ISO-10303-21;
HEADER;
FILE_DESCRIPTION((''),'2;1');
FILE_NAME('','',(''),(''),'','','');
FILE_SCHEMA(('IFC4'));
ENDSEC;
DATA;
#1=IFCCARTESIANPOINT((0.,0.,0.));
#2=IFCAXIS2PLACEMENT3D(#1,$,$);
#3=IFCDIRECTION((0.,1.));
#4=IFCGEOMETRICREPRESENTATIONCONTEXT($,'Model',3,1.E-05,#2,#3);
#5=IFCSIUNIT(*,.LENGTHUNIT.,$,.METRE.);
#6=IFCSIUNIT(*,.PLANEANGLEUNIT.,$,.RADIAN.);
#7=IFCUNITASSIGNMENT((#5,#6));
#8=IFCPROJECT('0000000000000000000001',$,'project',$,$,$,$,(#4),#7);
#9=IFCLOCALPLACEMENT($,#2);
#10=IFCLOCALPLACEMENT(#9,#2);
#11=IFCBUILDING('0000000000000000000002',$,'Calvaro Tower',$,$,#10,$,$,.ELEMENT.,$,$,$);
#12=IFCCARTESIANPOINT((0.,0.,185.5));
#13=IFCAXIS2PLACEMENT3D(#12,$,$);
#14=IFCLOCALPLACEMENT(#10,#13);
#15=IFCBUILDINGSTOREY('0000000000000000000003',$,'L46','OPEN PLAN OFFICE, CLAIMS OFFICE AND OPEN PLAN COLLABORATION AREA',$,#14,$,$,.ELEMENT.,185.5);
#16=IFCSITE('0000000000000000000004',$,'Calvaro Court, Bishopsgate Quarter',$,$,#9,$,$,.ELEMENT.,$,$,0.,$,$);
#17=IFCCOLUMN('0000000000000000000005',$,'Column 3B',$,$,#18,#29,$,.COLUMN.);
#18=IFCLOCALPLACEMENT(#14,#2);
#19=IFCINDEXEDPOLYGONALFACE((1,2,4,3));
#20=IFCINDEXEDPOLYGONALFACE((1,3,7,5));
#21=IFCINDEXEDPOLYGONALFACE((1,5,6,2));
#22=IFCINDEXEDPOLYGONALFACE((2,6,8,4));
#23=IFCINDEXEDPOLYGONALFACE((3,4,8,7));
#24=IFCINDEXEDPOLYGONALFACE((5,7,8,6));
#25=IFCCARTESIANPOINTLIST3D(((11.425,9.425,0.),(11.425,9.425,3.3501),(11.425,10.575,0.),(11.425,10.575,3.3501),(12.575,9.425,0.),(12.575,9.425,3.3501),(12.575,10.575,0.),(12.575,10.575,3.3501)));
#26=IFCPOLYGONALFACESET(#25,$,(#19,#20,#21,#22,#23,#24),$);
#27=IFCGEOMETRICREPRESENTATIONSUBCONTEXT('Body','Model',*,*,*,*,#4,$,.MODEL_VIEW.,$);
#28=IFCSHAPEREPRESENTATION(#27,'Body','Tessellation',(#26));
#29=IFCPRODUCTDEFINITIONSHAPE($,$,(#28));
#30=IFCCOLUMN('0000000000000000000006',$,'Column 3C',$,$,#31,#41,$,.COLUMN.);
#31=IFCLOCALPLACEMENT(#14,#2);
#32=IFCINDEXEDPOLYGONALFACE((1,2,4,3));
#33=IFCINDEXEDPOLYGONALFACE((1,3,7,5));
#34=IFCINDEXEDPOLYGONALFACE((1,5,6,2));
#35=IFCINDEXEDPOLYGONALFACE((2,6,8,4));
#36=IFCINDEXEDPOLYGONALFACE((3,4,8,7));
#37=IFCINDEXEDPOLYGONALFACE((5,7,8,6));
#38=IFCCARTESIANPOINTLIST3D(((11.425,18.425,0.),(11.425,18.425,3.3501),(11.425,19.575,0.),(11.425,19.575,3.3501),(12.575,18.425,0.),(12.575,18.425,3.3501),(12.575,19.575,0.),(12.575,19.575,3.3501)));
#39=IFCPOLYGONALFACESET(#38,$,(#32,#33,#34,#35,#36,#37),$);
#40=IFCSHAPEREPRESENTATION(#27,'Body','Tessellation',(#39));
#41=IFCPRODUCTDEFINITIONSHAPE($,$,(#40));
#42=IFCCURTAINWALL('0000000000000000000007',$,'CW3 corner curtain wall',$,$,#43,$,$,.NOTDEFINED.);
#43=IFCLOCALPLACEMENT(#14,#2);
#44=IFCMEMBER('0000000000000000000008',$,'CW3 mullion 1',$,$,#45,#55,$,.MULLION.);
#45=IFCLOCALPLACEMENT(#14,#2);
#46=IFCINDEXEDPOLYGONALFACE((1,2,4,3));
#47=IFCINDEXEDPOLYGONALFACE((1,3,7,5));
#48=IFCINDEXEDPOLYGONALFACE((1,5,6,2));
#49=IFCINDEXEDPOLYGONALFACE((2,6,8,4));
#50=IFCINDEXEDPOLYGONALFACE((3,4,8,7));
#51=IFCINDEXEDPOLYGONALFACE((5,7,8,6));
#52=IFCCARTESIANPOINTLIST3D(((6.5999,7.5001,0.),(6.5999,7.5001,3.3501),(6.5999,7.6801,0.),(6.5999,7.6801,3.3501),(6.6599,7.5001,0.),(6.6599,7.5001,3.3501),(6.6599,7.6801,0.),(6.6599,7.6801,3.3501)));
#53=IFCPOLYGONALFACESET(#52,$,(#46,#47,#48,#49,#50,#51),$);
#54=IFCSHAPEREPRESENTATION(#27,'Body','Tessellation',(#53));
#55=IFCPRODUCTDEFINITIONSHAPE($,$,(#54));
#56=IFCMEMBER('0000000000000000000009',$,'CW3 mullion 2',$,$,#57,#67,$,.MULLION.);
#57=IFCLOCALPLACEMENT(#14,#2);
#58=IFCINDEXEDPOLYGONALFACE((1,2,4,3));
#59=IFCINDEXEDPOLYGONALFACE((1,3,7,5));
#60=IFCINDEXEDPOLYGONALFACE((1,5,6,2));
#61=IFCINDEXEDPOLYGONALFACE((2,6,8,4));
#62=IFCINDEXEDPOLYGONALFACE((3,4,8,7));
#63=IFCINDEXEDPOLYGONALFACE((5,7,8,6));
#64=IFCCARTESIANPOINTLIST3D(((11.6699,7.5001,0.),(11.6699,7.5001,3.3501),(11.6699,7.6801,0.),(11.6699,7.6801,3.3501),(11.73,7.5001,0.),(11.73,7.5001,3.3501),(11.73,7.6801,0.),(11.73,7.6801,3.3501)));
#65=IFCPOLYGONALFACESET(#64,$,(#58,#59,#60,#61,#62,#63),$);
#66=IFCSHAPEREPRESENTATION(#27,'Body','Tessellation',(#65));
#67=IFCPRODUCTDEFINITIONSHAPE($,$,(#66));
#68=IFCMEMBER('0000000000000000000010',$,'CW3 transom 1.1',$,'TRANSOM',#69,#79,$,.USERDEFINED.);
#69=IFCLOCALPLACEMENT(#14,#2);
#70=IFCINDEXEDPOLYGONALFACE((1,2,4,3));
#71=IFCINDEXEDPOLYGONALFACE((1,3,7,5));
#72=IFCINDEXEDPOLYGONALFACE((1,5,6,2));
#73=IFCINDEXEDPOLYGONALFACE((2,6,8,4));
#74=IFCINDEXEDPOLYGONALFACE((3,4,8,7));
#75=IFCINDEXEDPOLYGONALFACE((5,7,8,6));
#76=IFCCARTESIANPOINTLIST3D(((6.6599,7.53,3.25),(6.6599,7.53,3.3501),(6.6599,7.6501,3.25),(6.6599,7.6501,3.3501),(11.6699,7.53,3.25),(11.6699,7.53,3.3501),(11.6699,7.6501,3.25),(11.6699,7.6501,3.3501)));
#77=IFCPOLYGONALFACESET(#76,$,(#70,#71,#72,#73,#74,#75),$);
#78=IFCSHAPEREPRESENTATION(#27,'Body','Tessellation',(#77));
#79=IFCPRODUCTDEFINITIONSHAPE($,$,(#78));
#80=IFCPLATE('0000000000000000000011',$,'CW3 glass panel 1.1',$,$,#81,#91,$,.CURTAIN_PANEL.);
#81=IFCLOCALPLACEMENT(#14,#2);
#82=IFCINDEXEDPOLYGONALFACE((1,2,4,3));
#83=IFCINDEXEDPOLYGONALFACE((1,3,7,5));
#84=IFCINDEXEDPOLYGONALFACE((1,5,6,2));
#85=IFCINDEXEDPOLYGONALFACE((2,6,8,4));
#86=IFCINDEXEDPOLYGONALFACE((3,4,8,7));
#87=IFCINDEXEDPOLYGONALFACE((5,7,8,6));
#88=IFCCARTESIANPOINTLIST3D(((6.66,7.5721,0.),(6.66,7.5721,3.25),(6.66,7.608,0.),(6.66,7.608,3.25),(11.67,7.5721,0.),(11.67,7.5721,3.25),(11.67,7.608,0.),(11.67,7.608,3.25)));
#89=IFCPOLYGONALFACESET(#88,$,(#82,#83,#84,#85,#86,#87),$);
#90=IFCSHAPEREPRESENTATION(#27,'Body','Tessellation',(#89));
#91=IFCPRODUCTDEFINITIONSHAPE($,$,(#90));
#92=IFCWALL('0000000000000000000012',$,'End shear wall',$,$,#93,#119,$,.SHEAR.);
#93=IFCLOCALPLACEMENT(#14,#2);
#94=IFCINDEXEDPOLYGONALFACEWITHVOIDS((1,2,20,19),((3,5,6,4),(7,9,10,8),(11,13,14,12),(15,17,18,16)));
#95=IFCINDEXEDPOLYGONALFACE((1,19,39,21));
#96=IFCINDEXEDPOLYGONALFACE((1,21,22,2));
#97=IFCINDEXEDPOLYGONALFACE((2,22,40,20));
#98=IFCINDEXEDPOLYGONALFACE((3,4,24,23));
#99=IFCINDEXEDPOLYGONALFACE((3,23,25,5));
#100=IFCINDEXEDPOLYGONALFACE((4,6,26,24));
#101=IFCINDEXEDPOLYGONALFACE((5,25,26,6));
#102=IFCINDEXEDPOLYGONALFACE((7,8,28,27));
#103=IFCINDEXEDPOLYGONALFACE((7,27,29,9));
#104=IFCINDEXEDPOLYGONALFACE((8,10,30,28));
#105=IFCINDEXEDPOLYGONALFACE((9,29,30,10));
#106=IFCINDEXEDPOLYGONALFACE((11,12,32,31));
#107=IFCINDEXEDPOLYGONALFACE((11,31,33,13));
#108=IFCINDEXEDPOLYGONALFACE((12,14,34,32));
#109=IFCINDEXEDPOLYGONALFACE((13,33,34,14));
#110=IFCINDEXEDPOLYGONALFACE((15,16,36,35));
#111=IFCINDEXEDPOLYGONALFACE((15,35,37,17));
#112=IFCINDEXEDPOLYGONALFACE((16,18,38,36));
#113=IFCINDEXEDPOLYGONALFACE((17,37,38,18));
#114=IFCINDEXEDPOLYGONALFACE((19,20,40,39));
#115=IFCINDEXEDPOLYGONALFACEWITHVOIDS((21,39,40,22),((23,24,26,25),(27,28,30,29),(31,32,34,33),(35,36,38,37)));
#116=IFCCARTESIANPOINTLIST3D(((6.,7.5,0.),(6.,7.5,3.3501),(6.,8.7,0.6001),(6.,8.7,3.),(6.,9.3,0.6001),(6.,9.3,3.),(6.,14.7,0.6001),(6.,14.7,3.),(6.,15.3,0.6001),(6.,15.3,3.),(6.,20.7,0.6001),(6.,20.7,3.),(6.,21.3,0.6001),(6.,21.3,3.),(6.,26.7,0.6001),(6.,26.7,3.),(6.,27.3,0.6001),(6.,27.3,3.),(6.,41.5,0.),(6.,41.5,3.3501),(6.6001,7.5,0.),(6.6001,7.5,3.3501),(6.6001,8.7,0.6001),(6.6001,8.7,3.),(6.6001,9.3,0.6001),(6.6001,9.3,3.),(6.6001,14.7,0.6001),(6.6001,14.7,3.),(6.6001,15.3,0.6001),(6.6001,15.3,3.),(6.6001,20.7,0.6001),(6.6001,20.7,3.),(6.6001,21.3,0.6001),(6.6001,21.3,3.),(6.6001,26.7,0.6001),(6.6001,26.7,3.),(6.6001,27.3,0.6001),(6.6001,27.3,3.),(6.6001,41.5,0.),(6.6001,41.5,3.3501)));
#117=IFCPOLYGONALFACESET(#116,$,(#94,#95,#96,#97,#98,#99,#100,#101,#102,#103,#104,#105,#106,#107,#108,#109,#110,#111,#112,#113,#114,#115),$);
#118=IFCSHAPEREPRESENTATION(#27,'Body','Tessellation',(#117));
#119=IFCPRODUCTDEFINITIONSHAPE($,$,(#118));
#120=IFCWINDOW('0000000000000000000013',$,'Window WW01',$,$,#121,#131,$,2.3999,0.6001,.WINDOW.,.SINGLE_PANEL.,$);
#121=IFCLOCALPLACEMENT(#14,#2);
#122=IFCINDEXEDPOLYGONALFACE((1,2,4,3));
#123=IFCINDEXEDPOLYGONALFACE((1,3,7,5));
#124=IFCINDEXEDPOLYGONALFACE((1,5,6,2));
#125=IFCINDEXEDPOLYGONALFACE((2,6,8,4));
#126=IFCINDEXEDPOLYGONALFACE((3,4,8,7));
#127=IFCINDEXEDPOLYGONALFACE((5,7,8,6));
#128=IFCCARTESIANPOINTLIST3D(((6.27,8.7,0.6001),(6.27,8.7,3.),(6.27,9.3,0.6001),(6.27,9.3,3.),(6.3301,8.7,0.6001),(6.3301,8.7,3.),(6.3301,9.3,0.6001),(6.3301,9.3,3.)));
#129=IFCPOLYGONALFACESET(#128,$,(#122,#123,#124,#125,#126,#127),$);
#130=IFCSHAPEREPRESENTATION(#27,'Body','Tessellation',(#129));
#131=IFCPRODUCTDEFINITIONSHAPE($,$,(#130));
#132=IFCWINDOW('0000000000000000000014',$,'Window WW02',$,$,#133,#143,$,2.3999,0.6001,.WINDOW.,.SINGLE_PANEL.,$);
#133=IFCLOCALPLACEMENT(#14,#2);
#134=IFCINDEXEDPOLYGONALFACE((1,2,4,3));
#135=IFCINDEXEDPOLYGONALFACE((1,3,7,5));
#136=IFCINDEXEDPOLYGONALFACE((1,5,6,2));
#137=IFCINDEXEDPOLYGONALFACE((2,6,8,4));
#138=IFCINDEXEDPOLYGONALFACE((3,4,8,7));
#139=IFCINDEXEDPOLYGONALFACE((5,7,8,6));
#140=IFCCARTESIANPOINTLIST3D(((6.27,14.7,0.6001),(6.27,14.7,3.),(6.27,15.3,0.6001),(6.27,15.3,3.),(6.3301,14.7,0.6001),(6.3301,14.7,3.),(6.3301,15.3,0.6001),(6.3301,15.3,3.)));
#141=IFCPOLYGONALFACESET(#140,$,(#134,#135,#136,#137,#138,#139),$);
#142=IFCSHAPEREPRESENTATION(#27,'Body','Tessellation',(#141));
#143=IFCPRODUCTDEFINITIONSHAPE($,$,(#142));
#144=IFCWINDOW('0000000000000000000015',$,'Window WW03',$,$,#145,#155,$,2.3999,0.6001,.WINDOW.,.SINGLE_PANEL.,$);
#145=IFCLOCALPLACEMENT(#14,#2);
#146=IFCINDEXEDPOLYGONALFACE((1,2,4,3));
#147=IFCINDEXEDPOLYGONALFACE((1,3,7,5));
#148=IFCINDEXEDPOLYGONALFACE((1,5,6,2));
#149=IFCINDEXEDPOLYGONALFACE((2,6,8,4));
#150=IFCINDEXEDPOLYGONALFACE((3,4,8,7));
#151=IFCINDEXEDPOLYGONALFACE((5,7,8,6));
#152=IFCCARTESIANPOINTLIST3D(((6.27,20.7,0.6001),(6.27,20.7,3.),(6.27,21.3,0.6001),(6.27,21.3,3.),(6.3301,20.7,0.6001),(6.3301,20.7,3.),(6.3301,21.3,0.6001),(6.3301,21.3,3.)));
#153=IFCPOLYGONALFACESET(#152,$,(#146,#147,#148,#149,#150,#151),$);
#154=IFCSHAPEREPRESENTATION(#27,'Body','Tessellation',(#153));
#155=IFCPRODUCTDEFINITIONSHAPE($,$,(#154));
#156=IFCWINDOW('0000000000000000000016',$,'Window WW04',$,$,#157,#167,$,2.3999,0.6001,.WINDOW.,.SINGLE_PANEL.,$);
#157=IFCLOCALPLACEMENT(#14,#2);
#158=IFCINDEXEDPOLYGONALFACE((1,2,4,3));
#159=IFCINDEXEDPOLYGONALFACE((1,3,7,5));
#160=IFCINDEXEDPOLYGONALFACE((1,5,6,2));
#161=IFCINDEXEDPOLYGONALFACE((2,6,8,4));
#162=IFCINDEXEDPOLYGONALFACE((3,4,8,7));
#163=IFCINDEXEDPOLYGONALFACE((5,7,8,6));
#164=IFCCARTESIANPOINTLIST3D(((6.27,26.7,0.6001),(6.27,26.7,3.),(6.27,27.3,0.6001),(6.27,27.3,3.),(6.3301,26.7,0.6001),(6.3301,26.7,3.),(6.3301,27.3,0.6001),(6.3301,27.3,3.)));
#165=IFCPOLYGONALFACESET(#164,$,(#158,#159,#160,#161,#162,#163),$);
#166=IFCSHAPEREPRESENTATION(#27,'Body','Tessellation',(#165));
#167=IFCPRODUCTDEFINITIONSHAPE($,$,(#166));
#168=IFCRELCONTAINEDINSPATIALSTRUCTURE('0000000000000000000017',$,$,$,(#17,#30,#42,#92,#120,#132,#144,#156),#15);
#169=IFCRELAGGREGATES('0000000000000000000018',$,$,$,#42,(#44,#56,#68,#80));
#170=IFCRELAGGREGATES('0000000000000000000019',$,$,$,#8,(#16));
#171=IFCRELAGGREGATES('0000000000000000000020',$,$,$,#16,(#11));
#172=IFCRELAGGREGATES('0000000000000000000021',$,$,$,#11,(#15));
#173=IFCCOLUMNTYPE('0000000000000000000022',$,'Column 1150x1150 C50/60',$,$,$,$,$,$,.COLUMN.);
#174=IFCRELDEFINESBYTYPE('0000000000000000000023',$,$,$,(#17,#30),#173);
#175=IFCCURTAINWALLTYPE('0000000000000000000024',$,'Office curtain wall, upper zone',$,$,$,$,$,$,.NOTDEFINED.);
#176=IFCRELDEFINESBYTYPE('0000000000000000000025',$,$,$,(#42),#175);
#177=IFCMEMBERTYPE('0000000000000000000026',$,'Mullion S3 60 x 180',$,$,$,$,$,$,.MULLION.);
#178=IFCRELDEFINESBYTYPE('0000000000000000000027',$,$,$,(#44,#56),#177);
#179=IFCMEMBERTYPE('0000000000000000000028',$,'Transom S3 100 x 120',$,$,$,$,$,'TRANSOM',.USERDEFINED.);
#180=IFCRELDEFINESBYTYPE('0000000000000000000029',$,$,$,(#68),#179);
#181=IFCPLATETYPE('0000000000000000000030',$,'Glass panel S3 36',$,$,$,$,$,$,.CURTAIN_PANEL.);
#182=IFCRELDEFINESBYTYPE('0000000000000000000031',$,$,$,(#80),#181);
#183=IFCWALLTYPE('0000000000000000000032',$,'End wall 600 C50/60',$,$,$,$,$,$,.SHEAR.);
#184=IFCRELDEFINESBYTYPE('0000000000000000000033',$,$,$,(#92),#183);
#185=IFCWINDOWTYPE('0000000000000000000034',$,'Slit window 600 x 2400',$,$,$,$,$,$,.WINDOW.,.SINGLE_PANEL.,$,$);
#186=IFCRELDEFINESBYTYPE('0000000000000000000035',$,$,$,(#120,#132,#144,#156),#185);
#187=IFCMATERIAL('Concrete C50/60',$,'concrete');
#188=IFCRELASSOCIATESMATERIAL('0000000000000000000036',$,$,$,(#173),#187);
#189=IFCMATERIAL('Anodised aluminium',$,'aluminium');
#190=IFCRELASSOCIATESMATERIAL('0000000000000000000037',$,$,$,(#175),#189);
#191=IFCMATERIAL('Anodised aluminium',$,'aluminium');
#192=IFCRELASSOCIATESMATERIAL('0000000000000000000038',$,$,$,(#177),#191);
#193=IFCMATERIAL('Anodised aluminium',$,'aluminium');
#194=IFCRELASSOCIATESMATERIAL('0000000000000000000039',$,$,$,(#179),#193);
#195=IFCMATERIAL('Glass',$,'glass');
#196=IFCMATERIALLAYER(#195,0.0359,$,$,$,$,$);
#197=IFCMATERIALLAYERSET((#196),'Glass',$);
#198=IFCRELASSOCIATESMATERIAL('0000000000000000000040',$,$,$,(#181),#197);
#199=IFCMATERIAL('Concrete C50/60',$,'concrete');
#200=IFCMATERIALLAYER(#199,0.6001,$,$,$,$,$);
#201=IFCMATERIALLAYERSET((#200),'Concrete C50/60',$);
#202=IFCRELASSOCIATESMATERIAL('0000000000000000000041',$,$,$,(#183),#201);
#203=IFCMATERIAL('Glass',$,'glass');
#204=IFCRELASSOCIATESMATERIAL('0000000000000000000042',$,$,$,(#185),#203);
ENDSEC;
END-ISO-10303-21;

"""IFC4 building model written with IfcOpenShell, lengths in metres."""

from ifc_helpers import new_model, si_unit, direction, frame, frame_2d, origin, origin_2d, place, context, subcontext, project, spatial, rectangle, extrude, material, layer, layer_set, material_profile, profile_set, type_object, element, fill, aggregate, save


model = new_model("IFC4")

# Units and contexts
model_context = context("Model", 3, precision=1e-05, world=origin(), true_north=direction((0.0, 1.0)))
body_context = subcontext(model_context, "Body", "Model", "MODEL_VIEW")
ifc_project = project(units=[si_unit("LENGTHUNIT", "METRE"), si_unit("PLANEANGLEUNIT", "RADIAN")], contexts=[model_context])

# Site, building, storey
site_placement = place(None, origin())
site = spatial("IfcSite", under=ifc_project, at=site_placement, Name="Calvaro Court, Bishopsgate Quarter", CompositionType="ELEMENT", RefElevation=0.0)
building_placement = place(site_placement, origin())
building = spatial("IfcBuilding", under=site, at=building_placement, Name="Calvaro Tower", CompositionType="ELEMENT")
storey_placement = place(building_placement, frame((0.0, 0.0, 185.5)))
storey = spatial("IfcBuildingStorey", under=building, at=storey_placement, Name="L46", Description="OPEN PLAN OFFICE, CLAIMS OFFICE AND OPEN PLAN COLLABORATION AREA", CompositionType="ELEMENT", Elevation=185.5)

# Columns
ifc_material_1 = material(Name="Concrete C50/60", Category="concrete")
ifc_material_profile_1 = material_profile(ifc_material_1, rectangle(XDim=1.1499, YDim=1.1499, at=origin_2d()), Name="RC 1150x1150")
ifc_profile_set_1 = profile_set([ifc_material_profile_1], Name="Concrete C50/60")
column_type = type_object("IfcColumnType", Name="Column 1150x1150 C50/60", PredefinedType="COLUMN", material=ifc_profile_set_1)
for number, where, z_axis, x_axis, name in (
    (1, (12.0, 10.0, 0.0), (0.0, 0.0, 1.0), (1.0, 0.0, 0.0), "Column 3B"),
    (2, (12.0, 19.0, 0.0), (0.0, 0.0, 1.0), (1.0, 0.0, 0.0), "Column 3C"),
):
    element("IfcColumn", number, at=place(storey_placement, frame(where, z_axis=z_axis, x_axis=x_axis)), inside=storey, type_object=column_type, Name=name, PredefinedType="COLUMN", context=body_context, shape_type="SweptSolid", body=[
        extrude(rectangle(XDim=1.1499, YDim=1.1499, at=origin_2d()), origin(), (0.0, 0.0, 1.0), 3.3501),
    ])

# Curtain wall, members, plate
ifc_material_2 = material(Name="Anodised aluminium", Category="aluminium")
curtain_wall_type = type_object("IfcCurtainWallType", Name="Office curtain wall, upper zone", PredefinedType="NOTDEFINED", material=ifc_material_2)
curtain_wall_placement = place(storey_placement, origin())
curtain_wall = element("IfcCurtainWall", 3, at=curtain_wall_placement, inside=storey, type_object=curtain_wall_type, Name="CW3 corner curtain wall", PredefinedType="NOTDEFINED")
ifc_material_3 = material(Name="Anodised aluminium", Category="aluminium")
ifc_material_profile_2 = material_profile(ifc_material_3, rectangle(XDim=0.1799, YDim=0.0601, at=origin_2d()), Name="Mullion S3 60 x 180")
ifc_profile_set_2 = profile_set([ifc_material_profile_2], Name="Anodised aluminium")
member_type_1 = type_object("IfcMemberType", Name="Mullion S3 60 x 180", PredefinedType="MULLION", material=ifc_profile_set_2)
member_1_placement = place(storey_placement, frame((6.6299, 7.5901, 0.0), z_axis=(0.0, 0.0, 1.0), x_axis=(0.0, 1.0, 0.0)))
member_1 = element("IfcMember", 4, at=member_1_placement, type_object=member_type_1, Name="CW3 mullion 1", PredefinedType="MULLION", context=body_context, shape_type="SweptSolid", body=[
    extrude(rectangle(XDim=0.1799, YDim=0.0601, at=origin_2d()), origin(), (0.0, 0.0, 1.0), 3.3501),
])
member_2_placement = place(storey_placement, frame((11.7, 7.5901, 0.0), z_axis=(0.0, 0.0, 1.0), x_axis=(0.0, 1.0, 0.0)))
member_2 = element("IfcMember", 5, at=member_2_placement, type_object=member_type_1, Name="CW3 mullion 2", PredefinedType="MULLION", context=body_context, shape_type="SweptSolid", body=[
    extrude(rectangle(XDim=0.1799, YDim=0.0601, at=origin_2d()), origin(), (0.0, 0.0, 1.0), 3.3501),
])
ifc_material_4 = material(Name="Anodised aluminium", Category="aluminium")
ifc_material_profile_3 = material_profile(ifc_material_4, rectangle(XDim=0.1201, YDim=0.1001, at=origin_2d()), Name="Transom S3 100 x 120")
ifc_profile_set_3 = profile_set([ifc_material_profile_3], Name="Anodised aluminium")
member_type_2 = type_object("IfcMemberType", Name="Transom S3 100 x 120", ElementType="TRANSOM", PredefinedType="USERDEFINED", material=ifc_profile_set_3)
member_3_placement = place(storey_placement, frame((6.6599, 7.5901, 3.3), z_axis=(1.0, 0.0, 0.0), x_axis=(0.0, 1.0, 0.0)))
member_3 = element("IfcMember", 6, at=member_3_placement, type_object=member_type_2, Name="CW3 transom 1.1", ObjectType="TRANSOM", PredefinedType="USERDEFINED", context=body_context, shape_type="SweptSolid", body=[
    extrude(rectangle(XDim=0.1201, YDim=0.1001, at=origin_2d()), origin(), (0.0, 0.0, 1.0), 5.01),
])
ifc_material_5 = material(Name="Glass", Category="glass")
ifc_layer_1 = layer(ifc_material_5, 0.0359)
ifc_layer_set_1 = layer_set([ifc_layer_1], Name="Glass")
plate_type = type_object("IfcPlateType", Name="Glass panel S3 36", PredefinedType="CURTAIN_PANEL", material=ifc_layer_set_1)
plate_placement = place(storey_placement, frame((9.165, 7.5901, 0.0), z_axis=(0.0, 0.0, 1.0), x_axis=(1.0, 0.0, 0.0)))
plate = element("IfcPlate", 7, at=plate_placement, type_object=plate_type, Name="CW3 glass panel 1.1", PredefinedType="CURTAIN_PANEL", context=body_context, shape_type="SweptSolid", body=[
    extrude(rectangle(XDim=5.01, YDim=0.0359, at=origin_2d()), origin(), (0.0, 0.0, 1.0), 3.25),
])
aggregate(curtain_wall, [member_1, member_2, member_3, plate])

# Wall, openings, windows
ifc_material_6 = material(Name="Concrete C50/60", Category="concrete")
ifc_layer_2 = layer(ifc_material_6, 0.6001)
ifc_layer_set_2 = layer_set([ifc_layer_2], Name="Concrete C50/60")
wall_type_1 = type_object("IfcWallType", Name="End wall 600 C50/60", PredefinedType="SHEAR", material=ifc_layer_set_2)
wall_1_placement = place(storey_placement, frame((6.3, 7.5, 0.0), z_axis=(0.0, 0.0, 1.0), x_axis=(0.0, 1.0, 0.0)))
wall_1 = element("IfcWall", 8, at=wall_1_placement, inside=storey, type_object=wall_type_1, Name="End shear wall", PredefinedType="SHEAR", context=body_context, shape_type="SweptSolid", body=[
    extrude(rectangle(XDim=34.0, YDim=0.6001, at=frame_2d((17.0, 0.0))), origin(), (0.0, 0.0, 1.0), 3.3501),
])
opening_1_placement = place(wall_1_placement, frame((1.2, 0.0, 0.6001)))
opening_1 = element("IfcOpeningElement", 9, at=opening_1_placement, cuts=wall_1, PredefinedType="OPENING", context=body_context, shape_type="SweptSolid", body=[
    extrude(rectangle(XDim=0.6001, YDim=2.3999, at=frame_2d((0.3, 1.2))), frame((0.0, 0.3101, 0.0), z_axis=(0.0, -1.0, 0.0), x_axis=(1.0, 0.0, 0.0)), (0.0, 0.0, 1.0), 0.6201),
])
opening_2_placement = place(wall_1_placement, frame((7.2, 0.0, 0.6001)))
opening_2 = element("IfcOpeningElement", 10, at=opening_2_placement, cuts=wall_1, PredefinedType="OPENING", context=body_context, shape_type="SweptSolid", body=[
    extrude(rectangle(XDim=0.6001, YDim=2.3999, at=frame_2d((0.3, 1.2))), frame((0.0, 0.3101, 0.0), z_axis=(0.0, -1.0, 0.0), x_axis=(1.0, 0.0, 0.0)), (0.0, 0.0, 1.0), 0.6201),
])
opening_3_placement = place(wall_1_placement, frame((13.2, 0.0, 0.6001)))
opening_3 = element("IfcOpeningElement", 11, at=opening_3_placement, cuts=wall_1, PredefinedType="OPENING", context=body_context, shape_type="SweptSolid", body=[
    extrude(rectangle(XDim=0.6001, YDim=2.3999, at=frame_2d((0.3, 1.2))), frame((0.0, 0.3101, 0.0), z_axis=(0.0, -1.0, 0.0), x_axis=(1.0, 0.0, 0.0)), (0.0, 0.0, 1.0), 0.6201),
])
opening_4_placement = place(wall_1_placement, frame((19.2, 0.0, 0.6001)))
opening_4 = element("IfcOpeningElement", 12, at=opening_4_placement, cuts=wall_1, PredefinedType="OPENING", context=body_context, shape_type="SweptSolid", body=[
    extrude(rectangle(XDim=0.6001, YDim=2.3999, at=frame_2d((0.3, 1.2))), frame((0.0, 0.3101, 0.0), z_axis=(0.0, -1.0, 0.0), x_axis=(1.0, 0.0, 0.0)), (0.0, 0.0, 1.0), 0.6201),
])
ifc_material_7 = material(Name="Glass", Category="glass")
window_type = type_object("IfcWindowType", Name="Slit window 600 x 2400", PartitioningType="SINGLE_PANEL", PredefinedType="WINDOW", material=ifc_material_7)
window_1_placement = place(opening_1_placement, origin())
window_1 = element("IfcWindow", 13, at=window_1_placement, inside=storey, type_object=window_type, Name="Window WW01", OverallHeight=2.3999, OverallWidth=0.6001, PartitioningType="SINGLE_PANEL", PredefinedType="WINDOW", context=body_context, shape_type="SweptSolid", body=[
    extrude(rectangle(XDim=0.6001, YDim=2.3999, at=frame_2d((0.3, 1.2))), frame((0.0, 0.03, 0.0), z_axis=(0.0, -1.0, 0.0), x_axis=(1.0, 0.0, 0.0)), (0.0, 0.0, 1.0), 0.0601),
])
fill(opening_1, window_1)
window_2_placement = place(opening_2_placement, origin())
window_2 = element("IfcWindow", 14, at=window_2_placement, inside=storey, type_object=window_type, Name="Window WW02", OverallHeight=2.3999, OverallWidth=0.6001, PartitioningType="SINGLE_PANEL", PredefinedType="WINDOW", context=body_context, shape_type="SweptSolid", body=[
    extrude(rectangle(XDim=0.6001, YDim=2.3999, at=frame_2d((0.3, 1.2))), frame((0.0, 0.03, 0.0), z_axis=(0.0, -1.0, 0.0), x_axis=(1.0, 0.0, 0.0)), (0.0, 0.0, 1.0), 0.0601),
])
fill(opening_2, window_2)
window_3_placement = place(opening_3_placement, origin())
window_3 = element("IfcWindow", 15, at=window_3_placement, inside=storey, type_object=window_type, Name="Window WW03", OverallHeight=2.3999, OverallWidth=0.6001, PartitioningType="SINGLE_PANEL", PredefinedType="WINDOW", context=body_context, shape_type="SweptSolid", body=[
    extrude(rectangle(XDim=0.6001, YDim=2.3999, at=frame_2d((0.3, 1.2))), frame((0.0, 0.03, 0.0), z_axis=(0.0, -1.0, 0.0), x_axis=(1.0, 0.0, 0.0)), (0.0, 0.0, 1.0), 0.0601),
])
fill(opening_3, window_3)
window_4_placement = place(opening_4_placement, origin())
window_4 = element("IfcWindow", 16, at=window_4_placement, inside=storey, type_object=window_type, Name="Window WW04", OverallHeight=2.3999, OverallWidth=0.6001, PartitioningType="SINGLE_PANEL", PredefinedType="WINDOW", context=body_context, shape_type="SweptSolid", body=[
    extrude(rectangle(XDim=0.6001, YDim=2.3999, at=frame_2d((0.3, 1.2))), frame((0.0, 0.03, 0.0), z_axis=(0.0, -1.0, 0.0), x_axis=(1.0, 0.0, 0.0)), (0.0, 0.0, 1.0), 0.0601),
])
fill(opening_4, window_4)

save(model, "model.ifc")
